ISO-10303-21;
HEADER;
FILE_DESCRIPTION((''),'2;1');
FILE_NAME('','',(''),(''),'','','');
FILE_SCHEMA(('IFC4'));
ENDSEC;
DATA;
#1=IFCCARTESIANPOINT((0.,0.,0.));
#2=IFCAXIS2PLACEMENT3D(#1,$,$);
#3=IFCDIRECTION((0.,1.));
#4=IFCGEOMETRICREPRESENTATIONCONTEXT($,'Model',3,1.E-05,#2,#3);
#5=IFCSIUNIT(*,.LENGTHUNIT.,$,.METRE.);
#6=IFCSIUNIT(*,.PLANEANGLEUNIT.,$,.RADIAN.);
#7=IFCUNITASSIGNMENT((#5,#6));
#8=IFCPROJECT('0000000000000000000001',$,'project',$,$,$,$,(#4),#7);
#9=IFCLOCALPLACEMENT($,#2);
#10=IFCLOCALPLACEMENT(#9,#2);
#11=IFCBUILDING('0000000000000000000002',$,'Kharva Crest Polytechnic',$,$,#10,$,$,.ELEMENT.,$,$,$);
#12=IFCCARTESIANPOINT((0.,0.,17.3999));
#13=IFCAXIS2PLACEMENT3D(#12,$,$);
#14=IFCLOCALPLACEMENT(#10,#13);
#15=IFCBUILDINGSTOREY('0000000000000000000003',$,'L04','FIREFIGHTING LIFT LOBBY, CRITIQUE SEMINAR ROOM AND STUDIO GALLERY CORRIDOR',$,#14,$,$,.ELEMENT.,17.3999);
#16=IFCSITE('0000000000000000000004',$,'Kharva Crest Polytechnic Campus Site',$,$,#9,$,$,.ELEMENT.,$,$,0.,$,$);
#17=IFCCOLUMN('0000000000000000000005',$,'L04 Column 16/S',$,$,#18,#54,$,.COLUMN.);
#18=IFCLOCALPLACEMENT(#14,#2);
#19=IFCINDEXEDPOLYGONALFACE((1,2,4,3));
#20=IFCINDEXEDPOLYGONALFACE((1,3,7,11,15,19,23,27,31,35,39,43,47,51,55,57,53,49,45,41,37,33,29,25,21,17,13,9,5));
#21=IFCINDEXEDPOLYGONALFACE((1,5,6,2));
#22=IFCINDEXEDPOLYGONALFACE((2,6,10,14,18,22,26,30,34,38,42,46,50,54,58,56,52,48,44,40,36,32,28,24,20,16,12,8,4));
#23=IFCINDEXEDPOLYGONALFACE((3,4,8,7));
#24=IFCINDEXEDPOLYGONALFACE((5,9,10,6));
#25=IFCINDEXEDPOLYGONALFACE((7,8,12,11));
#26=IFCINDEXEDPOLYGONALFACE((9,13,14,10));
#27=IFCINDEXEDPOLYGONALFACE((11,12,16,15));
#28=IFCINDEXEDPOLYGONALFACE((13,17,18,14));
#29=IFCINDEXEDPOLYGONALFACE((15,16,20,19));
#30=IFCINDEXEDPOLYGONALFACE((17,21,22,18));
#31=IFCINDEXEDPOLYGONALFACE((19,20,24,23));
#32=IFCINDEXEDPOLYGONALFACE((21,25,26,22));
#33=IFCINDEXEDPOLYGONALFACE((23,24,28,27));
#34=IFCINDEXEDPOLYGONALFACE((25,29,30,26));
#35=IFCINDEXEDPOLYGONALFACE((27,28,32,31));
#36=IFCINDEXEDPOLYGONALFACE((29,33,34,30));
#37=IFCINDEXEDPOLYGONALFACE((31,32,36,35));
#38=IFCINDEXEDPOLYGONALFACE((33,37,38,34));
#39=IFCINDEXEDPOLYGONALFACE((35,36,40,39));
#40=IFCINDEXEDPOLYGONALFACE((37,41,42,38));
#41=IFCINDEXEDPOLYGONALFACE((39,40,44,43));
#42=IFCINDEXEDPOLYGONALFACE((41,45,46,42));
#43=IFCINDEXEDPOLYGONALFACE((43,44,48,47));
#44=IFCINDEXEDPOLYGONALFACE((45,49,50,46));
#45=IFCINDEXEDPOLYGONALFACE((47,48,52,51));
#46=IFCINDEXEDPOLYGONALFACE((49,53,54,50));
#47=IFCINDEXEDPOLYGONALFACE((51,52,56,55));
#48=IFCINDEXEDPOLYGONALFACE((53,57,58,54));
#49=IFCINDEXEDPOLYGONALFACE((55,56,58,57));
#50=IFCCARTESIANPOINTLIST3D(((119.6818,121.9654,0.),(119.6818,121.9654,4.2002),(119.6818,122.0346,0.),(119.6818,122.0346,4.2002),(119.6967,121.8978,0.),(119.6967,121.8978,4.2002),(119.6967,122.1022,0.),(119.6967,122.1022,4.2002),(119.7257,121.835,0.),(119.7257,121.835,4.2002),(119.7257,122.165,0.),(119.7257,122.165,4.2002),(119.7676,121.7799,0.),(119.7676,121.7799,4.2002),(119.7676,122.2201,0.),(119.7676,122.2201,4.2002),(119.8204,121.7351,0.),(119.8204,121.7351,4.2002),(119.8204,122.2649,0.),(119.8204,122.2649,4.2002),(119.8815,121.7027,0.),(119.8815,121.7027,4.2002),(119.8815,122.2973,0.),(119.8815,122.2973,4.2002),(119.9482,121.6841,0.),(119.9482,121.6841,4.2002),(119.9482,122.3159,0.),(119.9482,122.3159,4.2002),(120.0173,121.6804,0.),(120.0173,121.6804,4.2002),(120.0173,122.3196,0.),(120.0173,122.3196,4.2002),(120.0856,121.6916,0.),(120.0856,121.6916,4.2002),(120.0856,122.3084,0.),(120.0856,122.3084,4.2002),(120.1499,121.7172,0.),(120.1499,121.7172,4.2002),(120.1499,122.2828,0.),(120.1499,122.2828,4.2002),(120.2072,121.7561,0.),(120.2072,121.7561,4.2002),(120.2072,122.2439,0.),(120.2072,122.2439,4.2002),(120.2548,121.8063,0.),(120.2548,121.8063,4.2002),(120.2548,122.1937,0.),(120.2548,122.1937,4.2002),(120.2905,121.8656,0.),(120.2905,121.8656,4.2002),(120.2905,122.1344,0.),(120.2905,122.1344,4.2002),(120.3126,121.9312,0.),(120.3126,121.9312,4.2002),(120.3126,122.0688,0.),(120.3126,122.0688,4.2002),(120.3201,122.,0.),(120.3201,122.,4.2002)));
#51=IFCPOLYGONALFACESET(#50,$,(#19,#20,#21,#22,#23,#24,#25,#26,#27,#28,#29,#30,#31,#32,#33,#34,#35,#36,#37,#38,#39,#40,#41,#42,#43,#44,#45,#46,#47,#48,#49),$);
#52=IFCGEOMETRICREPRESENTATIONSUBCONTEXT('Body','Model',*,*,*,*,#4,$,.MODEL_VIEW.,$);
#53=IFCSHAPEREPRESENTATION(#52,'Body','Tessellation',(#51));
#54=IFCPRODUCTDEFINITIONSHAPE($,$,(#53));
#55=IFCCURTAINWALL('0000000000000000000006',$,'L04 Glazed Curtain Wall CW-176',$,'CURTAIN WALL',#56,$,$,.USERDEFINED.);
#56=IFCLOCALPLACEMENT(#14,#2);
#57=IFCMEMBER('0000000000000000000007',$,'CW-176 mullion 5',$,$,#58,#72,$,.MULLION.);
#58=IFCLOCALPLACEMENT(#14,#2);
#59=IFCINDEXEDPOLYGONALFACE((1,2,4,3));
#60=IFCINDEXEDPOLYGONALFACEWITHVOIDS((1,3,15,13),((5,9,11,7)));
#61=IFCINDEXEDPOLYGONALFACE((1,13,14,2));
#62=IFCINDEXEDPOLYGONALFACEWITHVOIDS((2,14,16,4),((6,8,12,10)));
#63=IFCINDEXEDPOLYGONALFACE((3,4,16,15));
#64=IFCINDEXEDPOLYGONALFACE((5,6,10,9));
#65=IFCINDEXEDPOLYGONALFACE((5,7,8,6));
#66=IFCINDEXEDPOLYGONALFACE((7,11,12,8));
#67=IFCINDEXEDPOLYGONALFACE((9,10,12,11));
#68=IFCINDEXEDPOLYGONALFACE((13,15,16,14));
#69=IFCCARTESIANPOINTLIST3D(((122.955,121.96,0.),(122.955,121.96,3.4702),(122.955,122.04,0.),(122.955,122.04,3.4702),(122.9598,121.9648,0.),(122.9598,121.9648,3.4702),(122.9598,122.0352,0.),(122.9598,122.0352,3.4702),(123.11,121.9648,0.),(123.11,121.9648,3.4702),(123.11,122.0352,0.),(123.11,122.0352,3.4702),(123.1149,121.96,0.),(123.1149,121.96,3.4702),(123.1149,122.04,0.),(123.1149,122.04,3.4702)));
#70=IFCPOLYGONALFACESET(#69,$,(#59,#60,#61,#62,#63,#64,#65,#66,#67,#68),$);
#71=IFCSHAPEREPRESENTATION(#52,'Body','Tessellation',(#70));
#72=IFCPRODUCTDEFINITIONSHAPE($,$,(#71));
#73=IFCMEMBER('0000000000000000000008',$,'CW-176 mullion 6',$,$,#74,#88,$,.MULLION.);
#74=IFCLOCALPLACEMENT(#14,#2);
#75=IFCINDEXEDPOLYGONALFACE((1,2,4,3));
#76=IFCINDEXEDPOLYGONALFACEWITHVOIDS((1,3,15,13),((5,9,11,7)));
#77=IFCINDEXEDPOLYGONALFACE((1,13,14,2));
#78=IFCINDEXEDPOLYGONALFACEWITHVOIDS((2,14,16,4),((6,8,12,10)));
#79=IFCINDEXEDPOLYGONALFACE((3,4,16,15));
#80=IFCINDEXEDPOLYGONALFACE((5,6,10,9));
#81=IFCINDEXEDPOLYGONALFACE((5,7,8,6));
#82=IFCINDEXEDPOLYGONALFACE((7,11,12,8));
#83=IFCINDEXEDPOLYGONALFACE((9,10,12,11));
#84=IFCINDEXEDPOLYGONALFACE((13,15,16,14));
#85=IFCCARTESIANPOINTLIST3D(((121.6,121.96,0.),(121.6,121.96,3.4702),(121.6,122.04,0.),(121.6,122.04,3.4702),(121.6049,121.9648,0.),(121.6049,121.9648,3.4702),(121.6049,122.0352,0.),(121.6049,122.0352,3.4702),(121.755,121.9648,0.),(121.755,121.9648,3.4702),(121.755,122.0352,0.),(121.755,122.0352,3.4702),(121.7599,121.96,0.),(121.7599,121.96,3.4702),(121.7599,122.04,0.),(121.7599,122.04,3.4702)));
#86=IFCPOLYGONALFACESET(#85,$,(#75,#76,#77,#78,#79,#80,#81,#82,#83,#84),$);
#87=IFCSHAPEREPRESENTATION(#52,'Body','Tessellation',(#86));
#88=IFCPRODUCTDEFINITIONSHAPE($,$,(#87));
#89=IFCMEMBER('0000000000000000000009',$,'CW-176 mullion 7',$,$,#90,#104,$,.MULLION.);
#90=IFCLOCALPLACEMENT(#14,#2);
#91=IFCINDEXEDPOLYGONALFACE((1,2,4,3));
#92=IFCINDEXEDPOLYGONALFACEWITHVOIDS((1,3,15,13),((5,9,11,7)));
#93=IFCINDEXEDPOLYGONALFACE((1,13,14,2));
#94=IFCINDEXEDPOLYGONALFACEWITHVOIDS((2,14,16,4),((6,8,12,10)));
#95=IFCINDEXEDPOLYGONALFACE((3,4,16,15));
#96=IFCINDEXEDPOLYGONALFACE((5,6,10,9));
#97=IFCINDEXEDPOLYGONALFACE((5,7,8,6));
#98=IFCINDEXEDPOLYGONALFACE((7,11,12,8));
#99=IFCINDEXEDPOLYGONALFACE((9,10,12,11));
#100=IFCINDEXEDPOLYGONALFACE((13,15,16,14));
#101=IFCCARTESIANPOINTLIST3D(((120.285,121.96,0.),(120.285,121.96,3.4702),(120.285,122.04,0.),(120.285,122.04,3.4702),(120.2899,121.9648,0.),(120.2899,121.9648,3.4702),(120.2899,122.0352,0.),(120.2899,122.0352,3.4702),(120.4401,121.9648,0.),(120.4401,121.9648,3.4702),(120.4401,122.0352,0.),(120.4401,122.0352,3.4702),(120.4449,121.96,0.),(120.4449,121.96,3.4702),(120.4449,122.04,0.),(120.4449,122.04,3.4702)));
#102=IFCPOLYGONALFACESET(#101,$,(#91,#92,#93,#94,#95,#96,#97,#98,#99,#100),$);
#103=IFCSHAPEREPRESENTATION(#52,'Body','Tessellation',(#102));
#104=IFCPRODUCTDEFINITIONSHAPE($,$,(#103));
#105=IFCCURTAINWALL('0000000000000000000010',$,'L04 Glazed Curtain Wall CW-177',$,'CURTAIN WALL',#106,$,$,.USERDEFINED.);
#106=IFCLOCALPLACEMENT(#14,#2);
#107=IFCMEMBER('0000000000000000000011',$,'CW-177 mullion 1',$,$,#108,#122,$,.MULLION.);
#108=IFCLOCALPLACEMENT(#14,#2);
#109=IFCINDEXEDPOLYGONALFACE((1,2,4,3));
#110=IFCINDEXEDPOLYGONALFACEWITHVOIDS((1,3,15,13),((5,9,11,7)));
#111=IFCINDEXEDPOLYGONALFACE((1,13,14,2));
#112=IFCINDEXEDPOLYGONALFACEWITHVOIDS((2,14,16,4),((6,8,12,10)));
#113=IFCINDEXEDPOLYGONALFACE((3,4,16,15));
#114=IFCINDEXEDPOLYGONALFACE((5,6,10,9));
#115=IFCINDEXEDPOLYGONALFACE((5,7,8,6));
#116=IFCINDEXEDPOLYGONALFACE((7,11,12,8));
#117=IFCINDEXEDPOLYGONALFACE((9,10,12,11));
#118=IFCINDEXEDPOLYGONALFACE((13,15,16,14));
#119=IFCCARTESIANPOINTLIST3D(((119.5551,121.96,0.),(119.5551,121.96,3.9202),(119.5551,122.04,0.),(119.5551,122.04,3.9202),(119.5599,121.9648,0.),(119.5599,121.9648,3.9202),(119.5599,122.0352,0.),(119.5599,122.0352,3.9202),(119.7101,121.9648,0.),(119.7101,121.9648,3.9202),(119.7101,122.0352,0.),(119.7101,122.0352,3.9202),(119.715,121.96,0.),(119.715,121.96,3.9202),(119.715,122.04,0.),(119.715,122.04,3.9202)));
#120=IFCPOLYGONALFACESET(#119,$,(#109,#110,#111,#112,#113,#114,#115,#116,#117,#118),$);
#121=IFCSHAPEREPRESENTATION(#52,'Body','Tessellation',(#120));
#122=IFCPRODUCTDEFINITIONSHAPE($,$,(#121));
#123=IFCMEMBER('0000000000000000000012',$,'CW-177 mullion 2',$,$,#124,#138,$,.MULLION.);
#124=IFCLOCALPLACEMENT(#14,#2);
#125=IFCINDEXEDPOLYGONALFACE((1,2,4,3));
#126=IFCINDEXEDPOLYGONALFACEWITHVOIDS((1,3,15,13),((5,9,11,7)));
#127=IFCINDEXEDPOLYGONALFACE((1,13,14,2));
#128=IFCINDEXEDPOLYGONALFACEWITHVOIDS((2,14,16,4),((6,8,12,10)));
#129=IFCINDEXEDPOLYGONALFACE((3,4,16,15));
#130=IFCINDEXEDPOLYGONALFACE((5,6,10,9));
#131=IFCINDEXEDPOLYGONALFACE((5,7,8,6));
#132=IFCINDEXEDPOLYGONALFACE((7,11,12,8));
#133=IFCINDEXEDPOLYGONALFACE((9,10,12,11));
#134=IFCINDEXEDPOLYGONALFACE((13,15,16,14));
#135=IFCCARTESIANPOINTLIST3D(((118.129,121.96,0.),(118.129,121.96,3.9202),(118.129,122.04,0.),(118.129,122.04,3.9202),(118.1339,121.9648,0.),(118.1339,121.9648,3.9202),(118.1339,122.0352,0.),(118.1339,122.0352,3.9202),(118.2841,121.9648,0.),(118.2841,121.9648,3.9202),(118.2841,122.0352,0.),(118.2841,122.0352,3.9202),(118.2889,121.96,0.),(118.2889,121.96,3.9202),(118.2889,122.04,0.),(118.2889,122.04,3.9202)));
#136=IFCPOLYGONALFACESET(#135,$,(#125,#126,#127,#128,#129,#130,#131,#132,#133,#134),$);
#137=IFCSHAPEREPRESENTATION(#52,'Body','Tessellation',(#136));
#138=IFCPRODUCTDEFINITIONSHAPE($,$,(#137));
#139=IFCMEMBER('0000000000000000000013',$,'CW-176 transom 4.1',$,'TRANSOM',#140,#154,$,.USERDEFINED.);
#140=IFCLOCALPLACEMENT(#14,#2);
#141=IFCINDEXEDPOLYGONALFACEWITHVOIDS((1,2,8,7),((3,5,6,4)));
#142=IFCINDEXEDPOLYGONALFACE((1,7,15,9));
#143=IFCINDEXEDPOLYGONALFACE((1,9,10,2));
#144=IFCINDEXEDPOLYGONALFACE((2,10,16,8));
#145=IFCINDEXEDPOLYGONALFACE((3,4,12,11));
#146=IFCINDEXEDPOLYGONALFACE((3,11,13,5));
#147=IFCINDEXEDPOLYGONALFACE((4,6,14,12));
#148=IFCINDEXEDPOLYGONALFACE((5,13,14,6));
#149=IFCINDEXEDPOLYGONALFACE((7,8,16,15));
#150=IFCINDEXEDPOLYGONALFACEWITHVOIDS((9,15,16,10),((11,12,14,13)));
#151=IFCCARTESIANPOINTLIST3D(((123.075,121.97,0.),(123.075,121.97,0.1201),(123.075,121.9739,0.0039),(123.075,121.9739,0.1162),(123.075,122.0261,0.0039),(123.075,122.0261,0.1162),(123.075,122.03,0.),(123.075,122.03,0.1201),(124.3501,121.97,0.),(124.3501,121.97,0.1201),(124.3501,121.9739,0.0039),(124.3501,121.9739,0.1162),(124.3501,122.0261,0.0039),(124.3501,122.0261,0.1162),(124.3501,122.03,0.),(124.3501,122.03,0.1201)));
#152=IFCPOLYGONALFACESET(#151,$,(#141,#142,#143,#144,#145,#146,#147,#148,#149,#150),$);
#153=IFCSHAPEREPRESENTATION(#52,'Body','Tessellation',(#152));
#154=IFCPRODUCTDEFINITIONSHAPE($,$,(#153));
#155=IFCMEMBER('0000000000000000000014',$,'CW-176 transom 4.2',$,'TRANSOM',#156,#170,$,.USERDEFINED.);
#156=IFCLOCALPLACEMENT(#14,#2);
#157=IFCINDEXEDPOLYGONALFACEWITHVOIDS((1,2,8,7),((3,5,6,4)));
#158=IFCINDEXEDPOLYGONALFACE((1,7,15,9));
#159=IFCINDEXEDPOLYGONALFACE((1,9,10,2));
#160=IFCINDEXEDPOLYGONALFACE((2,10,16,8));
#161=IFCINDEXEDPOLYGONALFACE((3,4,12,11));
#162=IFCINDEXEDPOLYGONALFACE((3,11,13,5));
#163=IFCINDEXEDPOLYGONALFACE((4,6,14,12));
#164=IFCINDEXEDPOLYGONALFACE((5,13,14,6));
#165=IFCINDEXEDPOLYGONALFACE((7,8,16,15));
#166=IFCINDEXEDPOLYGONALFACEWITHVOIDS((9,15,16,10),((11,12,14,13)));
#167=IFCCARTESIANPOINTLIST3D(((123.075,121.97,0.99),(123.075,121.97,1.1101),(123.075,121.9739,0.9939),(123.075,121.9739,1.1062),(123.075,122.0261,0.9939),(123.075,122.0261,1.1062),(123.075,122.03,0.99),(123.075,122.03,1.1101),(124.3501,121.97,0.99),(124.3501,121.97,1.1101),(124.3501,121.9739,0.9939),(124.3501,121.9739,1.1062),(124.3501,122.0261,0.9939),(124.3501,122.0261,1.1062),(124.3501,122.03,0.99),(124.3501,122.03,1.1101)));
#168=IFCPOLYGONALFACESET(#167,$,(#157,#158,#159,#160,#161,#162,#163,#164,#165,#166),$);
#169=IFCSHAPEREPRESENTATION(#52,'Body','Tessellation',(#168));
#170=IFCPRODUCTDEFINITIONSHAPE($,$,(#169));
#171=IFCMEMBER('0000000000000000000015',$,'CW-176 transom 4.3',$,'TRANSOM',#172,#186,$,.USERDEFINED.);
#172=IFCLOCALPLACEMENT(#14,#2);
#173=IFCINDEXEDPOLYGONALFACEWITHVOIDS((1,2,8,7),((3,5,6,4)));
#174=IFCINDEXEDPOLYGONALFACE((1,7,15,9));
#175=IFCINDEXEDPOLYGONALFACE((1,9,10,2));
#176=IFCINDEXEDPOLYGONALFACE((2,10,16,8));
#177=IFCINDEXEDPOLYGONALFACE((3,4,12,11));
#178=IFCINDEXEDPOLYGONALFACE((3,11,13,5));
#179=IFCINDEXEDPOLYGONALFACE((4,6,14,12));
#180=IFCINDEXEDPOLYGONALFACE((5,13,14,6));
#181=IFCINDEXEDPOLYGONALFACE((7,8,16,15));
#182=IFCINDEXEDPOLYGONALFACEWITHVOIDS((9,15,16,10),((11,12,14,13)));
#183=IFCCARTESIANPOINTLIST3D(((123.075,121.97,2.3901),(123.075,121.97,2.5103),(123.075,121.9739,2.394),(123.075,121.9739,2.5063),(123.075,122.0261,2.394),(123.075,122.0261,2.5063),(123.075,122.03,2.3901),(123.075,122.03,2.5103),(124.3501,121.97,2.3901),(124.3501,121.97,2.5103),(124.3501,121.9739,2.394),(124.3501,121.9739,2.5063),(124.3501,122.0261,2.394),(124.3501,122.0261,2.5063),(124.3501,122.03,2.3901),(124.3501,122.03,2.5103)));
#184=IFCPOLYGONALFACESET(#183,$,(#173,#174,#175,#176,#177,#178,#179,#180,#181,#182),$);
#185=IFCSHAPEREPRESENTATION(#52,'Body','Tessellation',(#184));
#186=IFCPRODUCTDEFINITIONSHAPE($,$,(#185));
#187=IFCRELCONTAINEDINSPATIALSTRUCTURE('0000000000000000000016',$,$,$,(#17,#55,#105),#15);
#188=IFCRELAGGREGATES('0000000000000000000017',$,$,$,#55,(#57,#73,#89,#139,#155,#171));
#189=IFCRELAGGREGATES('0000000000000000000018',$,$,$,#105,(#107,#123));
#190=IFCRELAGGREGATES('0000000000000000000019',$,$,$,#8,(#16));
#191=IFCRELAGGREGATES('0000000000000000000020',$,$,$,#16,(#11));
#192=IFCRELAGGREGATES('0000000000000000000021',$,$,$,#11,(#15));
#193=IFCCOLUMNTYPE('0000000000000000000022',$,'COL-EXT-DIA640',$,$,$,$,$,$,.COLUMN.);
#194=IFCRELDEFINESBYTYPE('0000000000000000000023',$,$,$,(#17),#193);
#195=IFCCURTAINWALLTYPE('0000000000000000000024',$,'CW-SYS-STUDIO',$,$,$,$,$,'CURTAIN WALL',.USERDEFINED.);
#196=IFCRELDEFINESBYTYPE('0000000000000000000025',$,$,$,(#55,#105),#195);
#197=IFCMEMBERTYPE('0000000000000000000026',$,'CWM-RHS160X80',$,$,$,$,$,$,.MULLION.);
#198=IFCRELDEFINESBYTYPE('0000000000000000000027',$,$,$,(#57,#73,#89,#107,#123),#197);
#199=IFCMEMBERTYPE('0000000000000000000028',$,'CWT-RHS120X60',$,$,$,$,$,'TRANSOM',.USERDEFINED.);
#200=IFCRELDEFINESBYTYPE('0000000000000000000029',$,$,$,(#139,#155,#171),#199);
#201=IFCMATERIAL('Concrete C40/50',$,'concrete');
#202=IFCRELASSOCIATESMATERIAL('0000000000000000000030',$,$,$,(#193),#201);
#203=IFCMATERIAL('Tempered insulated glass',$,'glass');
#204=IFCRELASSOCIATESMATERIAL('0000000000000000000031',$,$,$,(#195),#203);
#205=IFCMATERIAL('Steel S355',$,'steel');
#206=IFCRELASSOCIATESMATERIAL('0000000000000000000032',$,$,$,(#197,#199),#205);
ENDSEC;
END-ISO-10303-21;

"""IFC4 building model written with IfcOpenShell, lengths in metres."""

from ifc_helpers import new_model, si_unit, direction, frame, origin, origin_2d, place, context, subcontext, project, spatial, hollow_rectangle, circle, extrude, material, material_profile, profile_set, type_object, element, aggregate, save


model = new_model("IFC4")

# Units and contexts
model_context = context("Model", 3, precision=1e-05, world=origin(), true_north=direction((0.0, 1.0)))
body_context = subcontext(model_context, "Body", "Model", "MODEL_VIEW")
ifc_project = project(units=[si_unit("LENGTHUNIT", "METRE"), si_unit("PLANEANGLEUNIT", "RADIAN")], contexts=[model_context])

# Site, building, storey
site_placement = place(None, origin())
site = spatial("IfcSite", under=ifc_project, at=site_placement, Name="Kharva Crest Polytechnic Campus Site", CompositionType="ELEMENT", RefElevation=0.0)
building_placement = place(site_placement, origin())
building = spatial("IfcBuilding", under=site, at=building_placement, Name="Kharva Crest Polytechnic", CompositionType="ELEMENT")
storey_placement = place(building_placement, frame((0.0, 0.0, 17.3999)))
storey = spatial("IfcBuildingStorey", under=building, at=storey_placement, Name="L04", Description="FIREFIGHTING LIFT LOBBY, CRITIQUE SEMINAR ROOM AND STUDIO GALLERY CORRIDOR", CompositionType="ELEMENT", Elevation=17.3999)

# Column
ifc_material_1 = material(Name="Concrete C40/50", Category="concrete")
ifc_material_profile_1 = material_profile(ifc_material_1, circle(Radius=0.3201, at=origin_2d()), Name="DIA 640")
ifc_profile_set_1 = profile_set([ifc_material_profile_1], Name="Concrete C40/50")
column_type = type_object("IfcColumnType", Name="COL-EXT-DIA640", PredefinedType="COLUMN", material=ifc_profile_set_1)
column_placement = place(storey_placement, frame((120.0, 122.0, 0.0), z_axis=(0.0, 0.0, 1.0), x_axis=(1.0, 0.0, 0.0)))
element("IfcColumn", 1, at=column_placement, inside=storey, type_object=column_type, Name="L04 Column 16/S", PredefinedType="COLUMN", context=body_context, shape_type="SweptSolid", body=[
    extrude(circle(Radius=0.3201, at=origin_2d()), origin(), (0.0, 0.0, 1.0), 4.2002),
])

# Curtain walls, members
ifc_material_2 = material(Name="Tempered insulated glass", Category="glass")
curtain_wall_type = type_object("IfcCurtainWallType", Name="CW-SYS-STUDIO", ElementType="CURTAIN WALL", PredefinedType="USERDEFINED", material=ifc_material_2)
curtain_wall_1_placement = place(storey_placement, origin())
curtain_wall_1 = element("IfcCurtainWall", 2, at=curtain_wall_1_placement, inside=storey, type_object=curtain_wall_type, Name="L04 Glazed Curtain Wall CW-176", ObjectType="CURTAIN WALL", PredefinedType="USERDEFINED")
ifc_material_3 = material(Name="Steel S355", Category="steel")
ifc_material_profile_2 = material_profile(ifc_material_3, hollow_rectangle(XDim=0.0801, YDim=0.1599, WallThickness=0.0049, at=origin_2d()), Name="RHS 160X80X5.0")
ifc_profile_set_2 = profile_set([ifc_material_profile_2], Name="Steel S355")
member_type_1 = type_object("IfcMemberType", Name="CWM-RHS160X80", PredefinedType="MULLION", material=ifc_profile_set_2)
member_1_placement = place(storey_placement, frame((123.0349, 122.0, 0.0), z_axis=(0.0, 0.0, 1.0), x_axis=(0.0, -1.0, 0.0)))
member_1 = element("IfcMember", 3, at=member_1_placement, type_object=member_type_1, Name="CW-176 mullion 5", PredefinedType="MULLION", context=body_context, shape_type="SweptSolid", body=[
    extrude(hollow_rectangle(XDim=0.0801, YDim=0.1599, WallThickness=0.0049, at=origin_2d()), origin(), (0.0, 0.0, 1.0), 3.4702),
])
member_2_placement = place(storey_placement, frame((121.6799, 122.0, 0.0), z_axis=(0.0, 0.0, 1.0), x_axis=(0.0, -1.0, 0.0)))
member_2 = element("IfcMember", 4, at=member_2_placement, type_object=member_type_1, Name="CW-176 mullion 6", PredefinedType="MULLION", context=body_context, shape_type="SweptSolid", body=[
    extrude(hollow_rectangle(XDim=0.0801, YDim=0.1599, WallThickness=0.0049, at=origin_2d()), origin(), (0.0, 0.0, 1.0), 3.4702),
])
member_3_placement = place(storey_placement, frame((120.365, 122.0, 0.0), z_axis=(0.0, 0.0, 1.0), x_axis=(0.0, -1.0, 0.0)))
member_3 = element("IfcMember", 5, at=member_3_placement, type_object=member_type_1, Name="CW-176 mullion 7", PredefinedType="MULLION", context=body_context, shape_type="SweptSolid", body=[
    extrude(hollow_rectangle(XDim=0.0801, YDim=0.1599, WallThickness=0.0049, at=origin_2d()), origin(), (0.0, 0.0, 1.0), 3.4702),
])
curtain_wall_2_placement = place(storey_placement, origin())
curtain_wall_2 = element("IfcCurtainWall", 6, at=curtain_wall_2_placement, inside=storey, type_object=curtain_wall_type, Name="L04 Glazed Curtain Wall CW-177", ObjectType="CURTAIN WALL", PredefinedType="USERDEFINED")
member_4_placement = place(storey_placement, frame((119.635, 122.0, 0.0), z_axis=(0.0, 0.0, 1.0), x_axis=(0.0, -1.0, 0.0)))
member_4 = element("IfcMember", 7, at=member_4_placement, type_object=member_type_1, Name="CW-177 mullion 1", PredefinedType="MULLION", context=body_context, shape_type="SweptSolid", body=[
    extrude(hollow_rectangle(XDim=0.0801, YDim=0.1599, WallThickness=0.0049, at=origin_2d()), origin(), (0.0, 0.0, 1.0), 3.9202),
])
member_5_placement = place(storey_placement, frame((118.209, 122.0, 0.0), z_axis=(0.0, 0.0, 1.0), x_axis=(0.0, -1.0, 0.0)))
member_5 = element("IfcMember", 8, at=member_5_placement, type_object=member_type_1, Name="CW-177 mullion 2", PredefinedType="MULLION", context=body_context, shape_type="SweptSolid", body=[
    extrude(hollow_rectangle(XDim=0.0801, YDim=0.1599, WallThickness=0.0049, at=origin_2d()), origin(), (0.0, 0.0, 1.0), 3.9202),
])

# Members
ifc_material_profile_3 = material_profile(ifc_material_3, hollow_rectangle(XDim=0.0601, YDim=0.1201, WallThickness=0.0039, at=origin_2d()), Name="RHS 120X60X4.0")
ifc_profile_set_3 = profile_set([ifc_material_profile_3], Name="Steel S355")
member_type_2 = type_object("IfcMemberType", Name="CWT-RHS120X60", ElementType="TRANSOM", PredefinedType="USERDEFINED", material=ifc_profile_set_3)
member_6_placement = place(storey_placement, frame((124.3501, 122.0, 0.0601), z_axis=(-1.0, 0.0, 0.0), x_axis=(0.0, -1.0, 0.0)))
member_6 = element("IfcMember", 9, at=member_6_placement, type_object=member_type_2, Name="CW-176 transom 4.1", ObjectType="TRANSOM", PredefinedType="USERDEFINED", context=body_context, shape_type="SweptSolid", body=[
    extrude(hollow_rectangle(XDim=0.0601, YDim=0.1201, WallThickness=0.0039, at=origin_2d()), origin(), (0.0, 0.0, 1.0), 1.2751),
])
member_7_placement = place(storey_placement, frame((124.3501, 122.0, 1.05), z_axis=(-1.0, 0.0, 0.0), x_axis=(0.0, -1.0, 0.0)))
member_7 = element("IfcMember", 10, at=member_7_placement, type_object=member_type_2, Name="CW-176 transom 4.2", ObjectType="TRANSOM", PredefinedType="USERDEFINED", context=body_context, shape_type="SweptSolid", body=[
    extrude(hollow_rectangle(XDim=0.0601, YDim=0.1201, WallThickness=0.0039, at=origin_2d()), origin(), (0.0, 0.0, 1.0), 1.2751),
])
member_8_placement = place(storey_placement, frame((124.3501, 122.0, 2.4502), z_axis=(-1.0, 0.0, 0.0), x_axis=(0.0, -1.0, 0.0)))
member_8 = element("IfcMember", 11, at=member_8_placement, type_object=member_type_2, Name="CW-176 transom 4.3", ObjectType="TRANSOM", PredefinedType="USERDEFINED", context=body_context, shape_type="SweptSolid", body=[
    extrude(hollow_rectangle(XDim=0.0601, YDim=0.1201, WallThickness=0.0039, at=origin_2d()), origin(), (0.0, 0.0, 1.0), 1.2751),
])

aggregate(curtain_wall_1, [member_1, member_2, member_3, member_6, member_7, member_8])
aggregate(curtain_wall_2, [member_4, member_5])

save(model, "model.ifc")
